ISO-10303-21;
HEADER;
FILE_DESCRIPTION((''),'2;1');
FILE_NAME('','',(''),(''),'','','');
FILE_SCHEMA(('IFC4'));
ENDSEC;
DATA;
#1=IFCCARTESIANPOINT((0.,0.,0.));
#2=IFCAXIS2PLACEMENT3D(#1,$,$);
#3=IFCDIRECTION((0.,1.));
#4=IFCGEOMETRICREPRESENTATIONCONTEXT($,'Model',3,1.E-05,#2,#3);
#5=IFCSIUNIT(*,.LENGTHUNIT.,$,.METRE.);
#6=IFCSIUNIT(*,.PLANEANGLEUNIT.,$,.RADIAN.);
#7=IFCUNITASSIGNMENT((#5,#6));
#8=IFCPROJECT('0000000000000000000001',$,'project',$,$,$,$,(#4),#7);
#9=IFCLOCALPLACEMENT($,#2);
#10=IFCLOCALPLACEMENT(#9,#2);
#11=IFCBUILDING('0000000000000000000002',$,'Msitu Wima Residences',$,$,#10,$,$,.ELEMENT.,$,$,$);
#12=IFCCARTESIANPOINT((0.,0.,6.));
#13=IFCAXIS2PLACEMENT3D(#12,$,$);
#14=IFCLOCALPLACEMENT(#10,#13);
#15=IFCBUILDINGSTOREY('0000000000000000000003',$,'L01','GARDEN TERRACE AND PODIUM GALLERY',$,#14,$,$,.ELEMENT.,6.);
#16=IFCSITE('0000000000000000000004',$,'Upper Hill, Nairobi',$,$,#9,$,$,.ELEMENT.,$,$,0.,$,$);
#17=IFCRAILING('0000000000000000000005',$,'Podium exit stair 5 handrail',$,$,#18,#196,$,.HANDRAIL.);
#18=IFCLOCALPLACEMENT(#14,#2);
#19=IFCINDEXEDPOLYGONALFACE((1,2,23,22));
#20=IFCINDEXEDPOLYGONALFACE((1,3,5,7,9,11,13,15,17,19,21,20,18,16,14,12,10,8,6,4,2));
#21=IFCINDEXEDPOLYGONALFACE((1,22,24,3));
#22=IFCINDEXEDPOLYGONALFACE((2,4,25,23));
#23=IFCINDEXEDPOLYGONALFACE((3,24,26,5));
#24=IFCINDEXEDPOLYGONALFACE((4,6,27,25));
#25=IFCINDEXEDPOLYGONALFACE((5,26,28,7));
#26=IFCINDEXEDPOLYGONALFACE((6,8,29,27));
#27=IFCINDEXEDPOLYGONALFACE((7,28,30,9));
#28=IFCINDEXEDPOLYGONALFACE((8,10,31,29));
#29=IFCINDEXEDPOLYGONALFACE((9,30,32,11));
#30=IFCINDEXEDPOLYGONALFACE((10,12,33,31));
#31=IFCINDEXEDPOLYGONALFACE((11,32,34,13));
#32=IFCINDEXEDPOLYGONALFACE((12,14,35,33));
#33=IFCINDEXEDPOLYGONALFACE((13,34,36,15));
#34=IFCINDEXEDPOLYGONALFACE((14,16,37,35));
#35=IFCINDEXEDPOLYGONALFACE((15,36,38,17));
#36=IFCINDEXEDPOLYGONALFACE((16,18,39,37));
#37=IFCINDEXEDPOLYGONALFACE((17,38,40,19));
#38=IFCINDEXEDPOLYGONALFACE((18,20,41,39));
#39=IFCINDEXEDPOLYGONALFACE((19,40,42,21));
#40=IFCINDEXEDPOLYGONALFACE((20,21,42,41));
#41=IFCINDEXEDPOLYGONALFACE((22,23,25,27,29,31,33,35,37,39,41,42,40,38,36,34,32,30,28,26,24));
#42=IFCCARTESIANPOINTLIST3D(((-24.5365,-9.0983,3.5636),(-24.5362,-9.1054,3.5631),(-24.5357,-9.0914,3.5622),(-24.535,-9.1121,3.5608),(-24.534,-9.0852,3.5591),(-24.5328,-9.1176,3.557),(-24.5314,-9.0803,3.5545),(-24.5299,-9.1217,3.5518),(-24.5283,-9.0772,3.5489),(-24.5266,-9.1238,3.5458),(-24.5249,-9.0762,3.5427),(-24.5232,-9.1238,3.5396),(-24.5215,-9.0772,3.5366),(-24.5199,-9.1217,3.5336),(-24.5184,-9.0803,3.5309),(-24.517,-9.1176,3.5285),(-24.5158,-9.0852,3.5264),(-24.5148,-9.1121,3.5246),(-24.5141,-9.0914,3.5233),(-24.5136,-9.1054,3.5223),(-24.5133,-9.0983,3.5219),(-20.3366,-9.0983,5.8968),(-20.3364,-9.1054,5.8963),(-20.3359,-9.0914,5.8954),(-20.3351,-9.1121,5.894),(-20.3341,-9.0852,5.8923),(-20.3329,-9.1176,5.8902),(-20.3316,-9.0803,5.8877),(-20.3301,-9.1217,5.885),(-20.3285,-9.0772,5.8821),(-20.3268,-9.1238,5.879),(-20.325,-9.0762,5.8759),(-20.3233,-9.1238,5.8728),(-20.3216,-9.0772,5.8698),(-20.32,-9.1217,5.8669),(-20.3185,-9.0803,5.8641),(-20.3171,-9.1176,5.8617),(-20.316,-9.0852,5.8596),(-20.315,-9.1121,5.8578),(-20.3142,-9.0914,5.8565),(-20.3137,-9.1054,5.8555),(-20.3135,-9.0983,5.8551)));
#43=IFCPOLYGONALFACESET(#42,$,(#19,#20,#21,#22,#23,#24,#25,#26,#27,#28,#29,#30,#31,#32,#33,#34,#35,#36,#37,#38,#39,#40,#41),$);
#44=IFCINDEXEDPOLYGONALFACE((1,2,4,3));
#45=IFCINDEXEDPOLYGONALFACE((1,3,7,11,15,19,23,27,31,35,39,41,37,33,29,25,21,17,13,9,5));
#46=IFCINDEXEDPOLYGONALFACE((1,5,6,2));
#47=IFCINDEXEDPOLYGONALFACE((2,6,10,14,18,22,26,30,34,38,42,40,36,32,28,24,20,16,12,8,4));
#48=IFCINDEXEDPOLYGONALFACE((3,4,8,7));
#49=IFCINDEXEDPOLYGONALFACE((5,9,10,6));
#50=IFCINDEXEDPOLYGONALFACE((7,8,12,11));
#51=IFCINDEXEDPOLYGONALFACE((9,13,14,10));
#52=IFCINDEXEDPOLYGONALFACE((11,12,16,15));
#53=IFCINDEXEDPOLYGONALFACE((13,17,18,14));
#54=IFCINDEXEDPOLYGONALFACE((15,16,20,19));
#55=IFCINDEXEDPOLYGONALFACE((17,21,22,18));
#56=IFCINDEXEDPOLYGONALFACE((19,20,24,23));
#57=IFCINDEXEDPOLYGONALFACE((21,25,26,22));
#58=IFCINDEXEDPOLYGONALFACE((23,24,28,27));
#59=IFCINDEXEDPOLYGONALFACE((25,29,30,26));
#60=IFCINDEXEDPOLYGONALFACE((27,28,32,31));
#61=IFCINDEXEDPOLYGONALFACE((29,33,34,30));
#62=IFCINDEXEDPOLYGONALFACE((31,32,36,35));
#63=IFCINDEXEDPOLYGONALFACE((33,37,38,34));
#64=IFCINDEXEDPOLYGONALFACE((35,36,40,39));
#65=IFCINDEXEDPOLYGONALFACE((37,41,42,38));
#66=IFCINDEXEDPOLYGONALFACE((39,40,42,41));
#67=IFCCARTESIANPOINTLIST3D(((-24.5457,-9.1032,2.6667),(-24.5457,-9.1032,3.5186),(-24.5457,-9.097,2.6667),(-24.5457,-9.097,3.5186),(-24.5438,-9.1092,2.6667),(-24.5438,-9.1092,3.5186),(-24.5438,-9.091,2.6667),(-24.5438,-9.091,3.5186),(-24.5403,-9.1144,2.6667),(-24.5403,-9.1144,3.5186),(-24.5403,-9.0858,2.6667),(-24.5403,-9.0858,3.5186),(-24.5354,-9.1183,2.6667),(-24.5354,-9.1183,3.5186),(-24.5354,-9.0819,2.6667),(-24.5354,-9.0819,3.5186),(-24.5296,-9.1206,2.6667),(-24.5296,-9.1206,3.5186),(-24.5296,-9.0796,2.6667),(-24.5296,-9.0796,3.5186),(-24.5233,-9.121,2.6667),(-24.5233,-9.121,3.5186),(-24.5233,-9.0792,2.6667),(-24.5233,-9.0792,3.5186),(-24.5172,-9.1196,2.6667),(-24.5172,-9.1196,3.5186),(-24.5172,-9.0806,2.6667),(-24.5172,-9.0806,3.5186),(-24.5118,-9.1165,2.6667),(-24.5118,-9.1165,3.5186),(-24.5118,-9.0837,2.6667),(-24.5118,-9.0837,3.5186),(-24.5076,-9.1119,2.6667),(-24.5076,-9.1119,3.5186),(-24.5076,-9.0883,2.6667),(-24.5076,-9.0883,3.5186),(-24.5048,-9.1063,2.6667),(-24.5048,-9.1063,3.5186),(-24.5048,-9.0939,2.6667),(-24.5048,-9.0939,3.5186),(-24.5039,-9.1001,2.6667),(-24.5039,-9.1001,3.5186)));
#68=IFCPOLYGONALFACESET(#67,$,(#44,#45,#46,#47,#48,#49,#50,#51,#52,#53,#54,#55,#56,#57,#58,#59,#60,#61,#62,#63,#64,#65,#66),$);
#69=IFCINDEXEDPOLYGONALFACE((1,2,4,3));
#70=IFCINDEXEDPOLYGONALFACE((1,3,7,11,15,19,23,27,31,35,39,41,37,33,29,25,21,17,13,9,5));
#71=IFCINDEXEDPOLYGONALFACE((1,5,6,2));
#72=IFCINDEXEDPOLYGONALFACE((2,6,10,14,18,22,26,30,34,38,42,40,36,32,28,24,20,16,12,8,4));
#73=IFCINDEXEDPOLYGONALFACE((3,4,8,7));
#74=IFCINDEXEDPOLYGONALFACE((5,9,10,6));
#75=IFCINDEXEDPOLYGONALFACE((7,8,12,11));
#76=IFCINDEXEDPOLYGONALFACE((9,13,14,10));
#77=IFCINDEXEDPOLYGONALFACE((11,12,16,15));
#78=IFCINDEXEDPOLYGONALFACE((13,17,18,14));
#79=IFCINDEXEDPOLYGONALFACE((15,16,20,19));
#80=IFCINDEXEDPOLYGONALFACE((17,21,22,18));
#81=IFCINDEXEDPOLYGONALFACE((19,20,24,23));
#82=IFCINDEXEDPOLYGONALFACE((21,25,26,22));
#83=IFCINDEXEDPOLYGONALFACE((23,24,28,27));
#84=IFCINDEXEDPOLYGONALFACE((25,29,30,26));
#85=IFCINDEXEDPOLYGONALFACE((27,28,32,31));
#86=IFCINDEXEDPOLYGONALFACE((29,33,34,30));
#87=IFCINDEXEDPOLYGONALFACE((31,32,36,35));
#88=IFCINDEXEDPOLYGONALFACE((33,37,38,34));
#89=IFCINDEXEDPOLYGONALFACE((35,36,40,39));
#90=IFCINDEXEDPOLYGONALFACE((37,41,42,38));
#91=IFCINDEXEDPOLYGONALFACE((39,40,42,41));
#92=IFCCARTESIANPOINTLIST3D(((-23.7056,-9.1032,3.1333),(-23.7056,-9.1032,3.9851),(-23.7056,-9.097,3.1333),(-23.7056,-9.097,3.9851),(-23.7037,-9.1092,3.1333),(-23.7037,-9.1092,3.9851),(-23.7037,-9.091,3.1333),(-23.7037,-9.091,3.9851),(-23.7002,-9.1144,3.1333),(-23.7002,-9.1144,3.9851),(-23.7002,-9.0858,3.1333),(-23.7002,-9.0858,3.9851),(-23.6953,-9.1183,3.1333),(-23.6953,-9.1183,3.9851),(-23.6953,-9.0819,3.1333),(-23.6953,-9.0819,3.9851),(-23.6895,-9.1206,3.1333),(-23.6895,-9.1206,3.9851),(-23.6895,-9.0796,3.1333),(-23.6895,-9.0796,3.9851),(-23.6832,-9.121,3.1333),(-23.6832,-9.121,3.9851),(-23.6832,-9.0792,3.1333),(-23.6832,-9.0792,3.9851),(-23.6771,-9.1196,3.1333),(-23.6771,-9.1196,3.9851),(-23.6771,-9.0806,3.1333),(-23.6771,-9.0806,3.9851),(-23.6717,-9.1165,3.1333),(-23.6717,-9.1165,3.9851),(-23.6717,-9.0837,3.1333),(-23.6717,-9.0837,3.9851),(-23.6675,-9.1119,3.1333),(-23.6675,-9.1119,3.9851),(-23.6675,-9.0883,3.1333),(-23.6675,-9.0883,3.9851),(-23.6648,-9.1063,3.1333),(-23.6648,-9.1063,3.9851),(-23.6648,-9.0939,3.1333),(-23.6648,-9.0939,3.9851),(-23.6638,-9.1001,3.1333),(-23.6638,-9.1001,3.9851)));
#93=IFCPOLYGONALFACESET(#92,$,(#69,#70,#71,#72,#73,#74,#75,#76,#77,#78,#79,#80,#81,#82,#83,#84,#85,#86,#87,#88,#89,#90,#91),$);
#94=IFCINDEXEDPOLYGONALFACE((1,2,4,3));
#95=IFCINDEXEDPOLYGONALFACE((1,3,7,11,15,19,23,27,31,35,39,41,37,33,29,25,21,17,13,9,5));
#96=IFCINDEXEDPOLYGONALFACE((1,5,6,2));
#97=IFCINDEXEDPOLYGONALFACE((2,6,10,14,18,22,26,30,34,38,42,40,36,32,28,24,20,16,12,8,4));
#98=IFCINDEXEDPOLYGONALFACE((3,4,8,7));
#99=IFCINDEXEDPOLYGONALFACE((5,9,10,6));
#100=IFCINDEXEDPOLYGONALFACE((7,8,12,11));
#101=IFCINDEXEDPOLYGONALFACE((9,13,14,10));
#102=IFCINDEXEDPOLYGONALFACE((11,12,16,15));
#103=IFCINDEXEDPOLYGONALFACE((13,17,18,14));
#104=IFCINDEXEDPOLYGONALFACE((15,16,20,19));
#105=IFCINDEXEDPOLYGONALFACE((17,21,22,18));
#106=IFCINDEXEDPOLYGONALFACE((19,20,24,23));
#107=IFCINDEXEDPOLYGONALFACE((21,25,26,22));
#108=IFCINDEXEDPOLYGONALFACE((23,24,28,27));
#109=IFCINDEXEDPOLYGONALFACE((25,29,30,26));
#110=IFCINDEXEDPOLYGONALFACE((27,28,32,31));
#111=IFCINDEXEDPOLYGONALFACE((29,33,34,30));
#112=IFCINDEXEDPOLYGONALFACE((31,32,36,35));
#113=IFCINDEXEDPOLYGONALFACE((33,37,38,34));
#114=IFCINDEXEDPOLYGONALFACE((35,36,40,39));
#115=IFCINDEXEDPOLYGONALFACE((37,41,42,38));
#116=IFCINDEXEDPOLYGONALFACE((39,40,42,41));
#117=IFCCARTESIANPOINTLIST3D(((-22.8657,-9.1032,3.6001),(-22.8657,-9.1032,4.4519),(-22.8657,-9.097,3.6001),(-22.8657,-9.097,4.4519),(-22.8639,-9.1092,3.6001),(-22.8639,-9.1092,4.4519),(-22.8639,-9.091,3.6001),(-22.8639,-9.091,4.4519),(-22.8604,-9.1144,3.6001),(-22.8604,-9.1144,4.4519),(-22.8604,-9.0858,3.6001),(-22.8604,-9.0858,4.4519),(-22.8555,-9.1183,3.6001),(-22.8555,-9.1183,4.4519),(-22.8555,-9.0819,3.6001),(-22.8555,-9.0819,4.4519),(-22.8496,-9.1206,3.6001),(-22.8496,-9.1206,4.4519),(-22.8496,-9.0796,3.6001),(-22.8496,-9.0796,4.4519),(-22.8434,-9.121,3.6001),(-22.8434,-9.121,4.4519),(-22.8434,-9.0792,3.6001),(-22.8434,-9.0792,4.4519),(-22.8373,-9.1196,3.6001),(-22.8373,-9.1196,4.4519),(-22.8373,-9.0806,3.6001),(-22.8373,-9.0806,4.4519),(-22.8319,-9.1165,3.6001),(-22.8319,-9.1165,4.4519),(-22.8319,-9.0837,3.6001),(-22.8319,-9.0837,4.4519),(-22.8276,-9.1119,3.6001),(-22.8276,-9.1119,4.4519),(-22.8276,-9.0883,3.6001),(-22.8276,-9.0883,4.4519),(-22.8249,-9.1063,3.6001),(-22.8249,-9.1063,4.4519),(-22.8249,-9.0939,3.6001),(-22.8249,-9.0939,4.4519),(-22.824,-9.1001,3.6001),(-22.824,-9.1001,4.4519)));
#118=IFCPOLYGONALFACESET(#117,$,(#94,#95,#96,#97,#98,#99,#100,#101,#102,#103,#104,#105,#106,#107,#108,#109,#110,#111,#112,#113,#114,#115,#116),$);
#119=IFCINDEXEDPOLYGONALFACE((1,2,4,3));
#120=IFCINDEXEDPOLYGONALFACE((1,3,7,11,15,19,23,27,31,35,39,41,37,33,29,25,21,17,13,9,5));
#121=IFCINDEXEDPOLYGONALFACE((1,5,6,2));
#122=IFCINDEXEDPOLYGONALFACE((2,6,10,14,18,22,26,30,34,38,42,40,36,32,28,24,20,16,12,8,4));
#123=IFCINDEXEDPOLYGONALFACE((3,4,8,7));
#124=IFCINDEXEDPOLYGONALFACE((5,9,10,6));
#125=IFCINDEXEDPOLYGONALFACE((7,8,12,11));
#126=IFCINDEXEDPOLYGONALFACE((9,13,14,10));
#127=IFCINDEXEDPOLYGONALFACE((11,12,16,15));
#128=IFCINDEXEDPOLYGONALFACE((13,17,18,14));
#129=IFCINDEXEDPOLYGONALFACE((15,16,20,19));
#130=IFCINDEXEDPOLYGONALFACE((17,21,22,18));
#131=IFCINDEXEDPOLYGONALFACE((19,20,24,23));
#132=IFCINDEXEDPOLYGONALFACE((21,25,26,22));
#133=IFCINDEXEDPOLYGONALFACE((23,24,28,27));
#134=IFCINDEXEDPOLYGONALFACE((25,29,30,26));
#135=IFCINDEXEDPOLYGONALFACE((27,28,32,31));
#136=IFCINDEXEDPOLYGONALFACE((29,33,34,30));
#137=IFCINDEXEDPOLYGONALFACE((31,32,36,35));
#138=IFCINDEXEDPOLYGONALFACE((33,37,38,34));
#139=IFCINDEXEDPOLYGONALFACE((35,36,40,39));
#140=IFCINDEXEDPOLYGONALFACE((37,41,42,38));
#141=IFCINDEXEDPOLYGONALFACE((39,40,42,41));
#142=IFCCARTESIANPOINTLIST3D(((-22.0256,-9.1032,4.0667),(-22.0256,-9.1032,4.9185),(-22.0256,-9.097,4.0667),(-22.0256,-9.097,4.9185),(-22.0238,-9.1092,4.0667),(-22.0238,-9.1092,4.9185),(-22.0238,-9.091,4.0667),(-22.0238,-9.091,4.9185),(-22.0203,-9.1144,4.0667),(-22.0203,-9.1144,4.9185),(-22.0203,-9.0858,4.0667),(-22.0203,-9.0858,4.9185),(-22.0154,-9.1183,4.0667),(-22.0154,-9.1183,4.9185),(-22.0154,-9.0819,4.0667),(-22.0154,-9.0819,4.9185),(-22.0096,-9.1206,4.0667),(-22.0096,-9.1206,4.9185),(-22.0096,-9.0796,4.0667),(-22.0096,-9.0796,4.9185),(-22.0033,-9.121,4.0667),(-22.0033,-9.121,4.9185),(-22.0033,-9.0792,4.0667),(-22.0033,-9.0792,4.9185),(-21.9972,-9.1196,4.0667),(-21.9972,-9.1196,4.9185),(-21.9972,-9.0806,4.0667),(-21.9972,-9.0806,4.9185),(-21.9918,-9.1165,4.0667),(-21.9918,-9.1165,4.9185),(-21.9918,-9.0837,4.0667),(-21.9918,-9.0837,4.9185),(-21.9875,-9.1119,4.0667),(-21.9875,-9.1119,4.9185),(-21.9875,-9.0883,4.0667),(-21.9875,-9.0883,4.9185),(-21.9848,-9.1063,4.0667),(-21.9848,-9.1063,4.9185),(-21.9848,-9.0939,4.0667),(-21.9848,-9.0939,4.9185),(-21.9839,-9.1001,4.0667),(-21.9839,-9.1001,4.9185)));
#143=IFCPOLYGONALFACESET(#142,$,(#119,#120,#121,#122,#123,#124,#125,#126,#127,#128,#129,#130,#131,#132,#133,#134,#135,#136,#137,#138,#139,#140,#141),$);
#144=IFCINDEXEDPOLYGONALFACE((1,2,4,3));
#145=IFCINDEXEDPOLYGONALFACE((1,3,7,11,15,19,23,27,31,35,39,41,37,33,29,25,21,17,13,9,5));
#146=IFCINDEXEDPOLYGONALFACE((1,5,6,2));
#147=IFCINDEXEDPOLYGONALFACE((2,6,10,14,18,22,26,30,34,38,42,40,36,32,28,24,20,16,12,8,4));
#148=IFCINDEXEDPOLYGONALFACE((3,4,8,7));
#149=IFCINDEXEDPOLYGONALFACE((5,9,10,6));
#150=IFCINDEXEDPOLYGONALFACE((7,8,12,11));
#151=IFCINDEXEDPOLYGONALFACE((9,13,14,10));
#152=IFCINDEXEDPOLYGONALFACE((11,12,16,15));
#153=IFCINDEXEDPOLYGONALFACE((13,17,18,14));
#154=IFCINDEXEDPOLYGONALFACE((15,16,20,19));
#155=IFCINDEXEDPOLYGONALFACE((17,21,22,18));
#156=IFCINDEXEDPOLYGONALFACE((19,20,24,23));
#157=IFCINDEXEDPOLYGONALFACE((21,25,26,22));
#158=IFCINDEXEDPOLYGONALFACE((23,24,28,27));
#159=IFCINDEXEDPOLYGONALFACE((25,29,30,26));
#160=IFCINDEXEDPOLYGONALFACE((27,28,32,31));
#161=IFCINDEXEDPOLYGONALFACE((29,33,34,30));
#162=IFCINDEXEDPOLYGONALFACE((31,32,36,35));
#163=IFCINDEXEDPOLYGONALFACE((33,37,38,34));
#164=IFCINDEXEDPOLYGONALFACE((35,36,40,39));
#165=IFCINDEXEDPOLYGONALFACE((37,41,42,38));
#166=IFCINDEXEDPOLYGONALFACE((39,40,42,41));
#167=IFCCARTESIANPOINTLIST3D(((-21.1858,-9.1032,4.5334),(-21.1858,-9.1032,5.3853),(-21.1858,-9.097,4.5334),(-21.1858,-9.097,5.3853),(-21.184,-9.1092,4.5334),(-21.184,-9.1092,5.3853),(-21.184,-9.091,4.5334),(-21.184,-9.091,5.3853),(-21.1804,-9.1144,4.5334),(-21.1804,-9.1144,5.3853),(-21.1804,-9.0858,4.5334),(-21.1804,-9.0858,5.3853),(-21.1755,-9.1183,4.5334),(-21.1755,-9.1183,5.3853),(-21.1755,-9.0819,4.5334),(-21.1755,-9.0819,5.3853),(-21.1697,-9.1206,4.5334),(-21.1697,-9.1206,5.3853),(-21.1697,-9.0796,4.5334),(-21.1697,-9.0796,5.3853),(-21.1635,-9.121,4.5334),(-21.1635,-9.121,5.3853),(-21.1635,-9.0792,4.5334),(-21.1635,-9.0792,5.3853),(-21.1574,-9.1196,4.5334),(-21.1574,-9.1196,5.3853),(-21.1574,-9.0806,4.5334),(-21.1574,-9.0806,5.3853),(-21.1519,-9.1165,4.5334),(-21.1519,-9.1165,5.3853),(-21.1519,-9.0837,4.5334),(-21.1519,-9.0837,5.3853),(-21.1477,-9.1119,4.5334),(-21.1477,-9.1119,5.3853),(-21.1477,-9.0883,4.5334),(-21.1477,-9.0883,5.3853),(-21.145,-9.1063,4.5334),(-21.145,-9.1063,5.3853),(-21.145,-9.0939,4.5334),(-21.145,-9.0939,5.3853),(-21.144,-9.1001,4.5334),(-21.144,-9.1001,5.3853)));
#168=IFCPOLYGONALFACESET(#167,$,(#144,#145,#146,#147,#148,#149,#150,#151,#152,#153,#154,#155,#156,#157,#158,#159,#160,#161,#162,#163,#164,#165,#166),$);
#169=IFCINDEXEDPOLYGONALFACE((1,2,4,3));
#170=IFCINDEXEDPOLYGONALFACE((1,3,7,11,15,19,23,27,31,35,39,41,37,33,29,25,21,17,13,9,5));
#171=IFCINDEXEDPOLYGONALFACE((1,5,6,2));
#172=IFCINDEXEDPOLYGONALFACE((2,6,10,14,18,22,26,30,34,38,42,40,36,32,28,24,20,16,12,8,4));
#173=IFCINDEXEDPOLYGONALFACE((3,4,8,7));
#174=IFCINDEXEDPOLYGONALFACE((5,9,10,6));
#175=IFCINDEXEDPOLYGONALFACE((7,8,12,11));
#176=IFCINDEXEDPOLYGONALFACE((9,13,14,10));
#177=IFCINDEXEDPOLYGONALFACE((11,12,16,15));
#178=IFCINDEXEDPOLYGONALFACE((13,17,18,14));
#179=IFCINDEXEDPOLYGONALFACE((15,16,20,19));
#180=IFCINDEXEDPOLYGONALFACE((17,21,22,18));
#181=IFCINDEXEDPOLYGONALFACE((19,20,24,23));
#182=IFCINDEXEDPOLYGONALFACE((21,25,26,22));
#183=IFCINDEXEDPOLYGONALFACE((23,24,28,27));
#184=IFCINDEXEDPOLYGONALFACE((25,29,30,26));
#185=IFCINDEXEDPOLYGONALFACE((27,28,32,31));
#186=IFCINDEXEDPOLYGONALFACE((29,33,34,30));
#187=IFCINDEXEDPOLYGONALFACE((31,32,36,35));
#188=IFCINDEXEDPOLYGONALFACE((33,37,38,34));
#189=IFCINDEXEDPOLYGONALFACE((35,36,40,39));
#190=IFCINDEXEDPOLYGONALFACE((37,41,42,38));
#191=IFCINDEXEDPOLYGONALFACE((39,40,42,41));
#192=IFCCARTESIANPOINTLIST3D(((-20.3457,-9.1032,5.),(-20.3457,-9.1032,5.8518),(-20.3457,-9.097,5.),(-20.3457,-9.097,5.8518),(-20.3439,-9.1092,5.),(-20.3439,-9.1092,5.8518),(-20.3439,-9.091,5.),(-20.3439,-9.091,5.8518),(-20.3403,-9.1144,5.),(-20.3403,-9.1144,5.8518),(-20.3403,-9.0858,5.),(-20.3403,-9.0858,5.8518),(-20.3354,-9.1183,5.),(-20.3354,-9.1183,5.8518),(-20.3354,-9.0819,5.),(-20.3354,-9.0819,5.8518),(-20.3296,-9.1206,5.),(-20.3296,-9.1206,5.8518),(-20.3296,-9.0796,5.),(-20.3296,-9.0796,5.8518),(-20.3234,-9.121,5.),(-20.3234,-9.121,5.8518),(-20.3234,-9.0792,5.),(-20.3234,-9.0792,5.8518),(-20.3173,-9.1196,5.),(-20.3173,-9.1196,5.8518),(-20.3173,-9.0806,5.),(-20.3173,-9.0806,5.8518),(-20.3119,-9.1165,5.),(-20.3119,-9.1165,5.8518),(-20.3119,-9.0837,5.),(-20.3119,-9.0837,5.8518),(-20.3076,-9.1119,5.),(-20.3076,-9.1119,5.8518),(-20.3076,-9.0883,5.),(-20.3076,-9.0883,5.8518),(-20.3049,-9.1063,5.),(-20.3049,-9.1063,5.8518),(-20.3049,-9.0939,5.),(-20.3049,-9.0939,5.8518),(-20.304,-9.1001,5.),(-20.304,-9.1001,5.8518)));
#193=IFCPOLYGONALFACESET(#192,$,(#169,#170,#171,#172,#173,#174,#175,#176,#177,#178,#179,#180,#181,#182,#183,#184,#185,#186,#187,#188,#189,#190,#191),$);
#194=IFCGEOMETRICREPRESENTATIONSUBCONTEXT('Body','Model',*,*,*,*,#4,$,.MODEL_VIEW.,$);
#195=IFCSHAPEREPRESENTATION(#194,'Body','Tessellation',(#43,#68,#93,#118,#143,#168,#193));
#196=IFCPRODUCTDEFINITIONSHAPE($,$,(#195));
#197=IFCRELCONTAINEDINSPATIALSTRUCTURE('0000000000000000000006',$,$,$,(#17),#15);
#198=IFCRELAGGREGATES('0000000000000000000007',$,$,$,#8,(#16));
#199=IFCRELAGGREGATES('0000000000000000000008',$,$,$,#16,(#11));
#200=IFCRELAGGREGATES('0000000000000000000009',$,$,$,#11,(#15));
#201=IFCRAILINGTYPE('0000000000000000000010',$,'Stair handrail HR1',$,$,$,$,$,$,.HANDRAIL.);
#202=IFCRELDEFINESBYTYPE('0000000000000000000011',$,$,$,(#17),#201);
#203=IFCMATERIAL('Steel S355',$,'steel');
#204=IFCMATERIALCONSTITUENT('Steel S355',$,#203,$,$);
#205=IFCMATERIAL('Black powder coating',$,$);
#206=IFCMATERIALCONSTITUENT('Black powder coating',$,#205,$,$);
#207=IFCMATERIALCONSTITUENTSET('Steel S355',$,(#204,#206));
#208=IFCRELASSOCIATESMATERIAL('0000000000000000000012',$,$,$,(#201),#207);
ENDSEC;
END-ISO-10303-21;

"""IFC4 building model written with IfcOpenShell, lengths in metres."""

from ifc_helpers import new_model, si_unit, direction, frame, origin, origin_2d, place, context, subcontext, project, spatial, circle, extrude, material, constituent, constituent_set, type_object, element, save


model = new_model("IFC4")

# Units and contexts
model_context = context("Model", 3, precision=1e-05, world=origin(), true_north=direction((0.0, 1.0)))
body_context = subcontext(model_context, "Body", "Model", "MODEL_VIEW")
ifc_project = project(units=[si_unit("LENGTHUNIT", "METRE"), si_unit("PLANEANGLEUNIT", "RADIAN")], contexts=[model_context])

# Site, building, storey
site_placement = place(None, origin())
site = spatial("IfcSite", under=ifc_project, at=site_placement, Name="Upper Hill, Nairobi", CompositionType="ELEMENT", RefElevation=0.0)
building_placement = place(site_placement, origin())
building = spatial("IfcBuilding", under=site, at=building_placement, Name="Msitu Wima Residences", CompositionType="ELEMENT")
storey_placement = place(building_placement, frame((0.0, 0.0, 6.0)))
storey = spatial("IfcBuildingStorey", under=building, at=storey_placement, Name="L01", Description="GARDEN TERRACE AND PODIUM GALLERY", CompositionType="ELEMENT", Elevation=6.0)

# Railing
ifc_material_1 = material(Name="Steel S355", Category="steel")
ifc_constituent_1 = constituent(ifc_material_1, Name="Steel S355")
ifc_material_2 = material(Name="Black powder coating")
ifc_constituent_2 = constituent(ifc_material_2, Name="Black powder coating")
ifc_constituent_set = constituent_set(constituents=[ifc_constituent_1, ifc_constituent_2], Name="Steel S355")
railing_type = type_object("IfcRailingType", Name="Stair handrail HR1", PredefinedType="HANDRAIL", material=ifc_constituent_set)
for number, where, name in (
    (1, (-24.5249, -9.1001, 2.6667), "Podium exit stair 5 handrail"),
):
    element("IfcRailing", number, at=place(storey_placement, frame(where)), inside=storey, type_object=railing_type, Name=name, PredefinedType="HANDRAIL", context=body_context, shape_type="SweptSolid", body=[
        extrude(circle(Radius=0.0239, at=origin_2d()), frame((0.0, 0.0, 0.876), z_axis=(0.874162, 0.0, 0.485634), x_axis=(0.0, 1.0, 0.0)), (0.0, 0.0, 1.0), 4.8044),
        extrude(circle(Radius=0.021, at=origin_2d()), origin(), (0.0, 0.0, 1.0), 0.8518),
        extrude(circle(Radius=0.021, at=origin_2d()), frame((0.8401, 0.0, 0.4666)), (0.0, 0.0, 1.0), 0.8518),
        extrude(circle(Radius=0.021, at=origin_2d()), frame((1.6799, 0.0, 0.9333)), (0.0, 0.0, 1.0), 0.8518),
        extrude(circle(Radius=0.021, at=origin_2d()), frame((2.52, 0.0, 1.3999)), (0.0, 0.0, 1.0), 0.8518),
        extrude(circle(Radius=0.021, at=origin_2d()), frame((3.3599, 0.0, 1.8667)), (0.0, 0.0, 1.0), 0.8518),
        extrude(circle(Radius=0.021, at=origin_2d()), frame((4.2, 0.0, 2.3333)), (0.0, 0.0, 1.0), 0.8518),
    ])

save(model, "model.ifc")
